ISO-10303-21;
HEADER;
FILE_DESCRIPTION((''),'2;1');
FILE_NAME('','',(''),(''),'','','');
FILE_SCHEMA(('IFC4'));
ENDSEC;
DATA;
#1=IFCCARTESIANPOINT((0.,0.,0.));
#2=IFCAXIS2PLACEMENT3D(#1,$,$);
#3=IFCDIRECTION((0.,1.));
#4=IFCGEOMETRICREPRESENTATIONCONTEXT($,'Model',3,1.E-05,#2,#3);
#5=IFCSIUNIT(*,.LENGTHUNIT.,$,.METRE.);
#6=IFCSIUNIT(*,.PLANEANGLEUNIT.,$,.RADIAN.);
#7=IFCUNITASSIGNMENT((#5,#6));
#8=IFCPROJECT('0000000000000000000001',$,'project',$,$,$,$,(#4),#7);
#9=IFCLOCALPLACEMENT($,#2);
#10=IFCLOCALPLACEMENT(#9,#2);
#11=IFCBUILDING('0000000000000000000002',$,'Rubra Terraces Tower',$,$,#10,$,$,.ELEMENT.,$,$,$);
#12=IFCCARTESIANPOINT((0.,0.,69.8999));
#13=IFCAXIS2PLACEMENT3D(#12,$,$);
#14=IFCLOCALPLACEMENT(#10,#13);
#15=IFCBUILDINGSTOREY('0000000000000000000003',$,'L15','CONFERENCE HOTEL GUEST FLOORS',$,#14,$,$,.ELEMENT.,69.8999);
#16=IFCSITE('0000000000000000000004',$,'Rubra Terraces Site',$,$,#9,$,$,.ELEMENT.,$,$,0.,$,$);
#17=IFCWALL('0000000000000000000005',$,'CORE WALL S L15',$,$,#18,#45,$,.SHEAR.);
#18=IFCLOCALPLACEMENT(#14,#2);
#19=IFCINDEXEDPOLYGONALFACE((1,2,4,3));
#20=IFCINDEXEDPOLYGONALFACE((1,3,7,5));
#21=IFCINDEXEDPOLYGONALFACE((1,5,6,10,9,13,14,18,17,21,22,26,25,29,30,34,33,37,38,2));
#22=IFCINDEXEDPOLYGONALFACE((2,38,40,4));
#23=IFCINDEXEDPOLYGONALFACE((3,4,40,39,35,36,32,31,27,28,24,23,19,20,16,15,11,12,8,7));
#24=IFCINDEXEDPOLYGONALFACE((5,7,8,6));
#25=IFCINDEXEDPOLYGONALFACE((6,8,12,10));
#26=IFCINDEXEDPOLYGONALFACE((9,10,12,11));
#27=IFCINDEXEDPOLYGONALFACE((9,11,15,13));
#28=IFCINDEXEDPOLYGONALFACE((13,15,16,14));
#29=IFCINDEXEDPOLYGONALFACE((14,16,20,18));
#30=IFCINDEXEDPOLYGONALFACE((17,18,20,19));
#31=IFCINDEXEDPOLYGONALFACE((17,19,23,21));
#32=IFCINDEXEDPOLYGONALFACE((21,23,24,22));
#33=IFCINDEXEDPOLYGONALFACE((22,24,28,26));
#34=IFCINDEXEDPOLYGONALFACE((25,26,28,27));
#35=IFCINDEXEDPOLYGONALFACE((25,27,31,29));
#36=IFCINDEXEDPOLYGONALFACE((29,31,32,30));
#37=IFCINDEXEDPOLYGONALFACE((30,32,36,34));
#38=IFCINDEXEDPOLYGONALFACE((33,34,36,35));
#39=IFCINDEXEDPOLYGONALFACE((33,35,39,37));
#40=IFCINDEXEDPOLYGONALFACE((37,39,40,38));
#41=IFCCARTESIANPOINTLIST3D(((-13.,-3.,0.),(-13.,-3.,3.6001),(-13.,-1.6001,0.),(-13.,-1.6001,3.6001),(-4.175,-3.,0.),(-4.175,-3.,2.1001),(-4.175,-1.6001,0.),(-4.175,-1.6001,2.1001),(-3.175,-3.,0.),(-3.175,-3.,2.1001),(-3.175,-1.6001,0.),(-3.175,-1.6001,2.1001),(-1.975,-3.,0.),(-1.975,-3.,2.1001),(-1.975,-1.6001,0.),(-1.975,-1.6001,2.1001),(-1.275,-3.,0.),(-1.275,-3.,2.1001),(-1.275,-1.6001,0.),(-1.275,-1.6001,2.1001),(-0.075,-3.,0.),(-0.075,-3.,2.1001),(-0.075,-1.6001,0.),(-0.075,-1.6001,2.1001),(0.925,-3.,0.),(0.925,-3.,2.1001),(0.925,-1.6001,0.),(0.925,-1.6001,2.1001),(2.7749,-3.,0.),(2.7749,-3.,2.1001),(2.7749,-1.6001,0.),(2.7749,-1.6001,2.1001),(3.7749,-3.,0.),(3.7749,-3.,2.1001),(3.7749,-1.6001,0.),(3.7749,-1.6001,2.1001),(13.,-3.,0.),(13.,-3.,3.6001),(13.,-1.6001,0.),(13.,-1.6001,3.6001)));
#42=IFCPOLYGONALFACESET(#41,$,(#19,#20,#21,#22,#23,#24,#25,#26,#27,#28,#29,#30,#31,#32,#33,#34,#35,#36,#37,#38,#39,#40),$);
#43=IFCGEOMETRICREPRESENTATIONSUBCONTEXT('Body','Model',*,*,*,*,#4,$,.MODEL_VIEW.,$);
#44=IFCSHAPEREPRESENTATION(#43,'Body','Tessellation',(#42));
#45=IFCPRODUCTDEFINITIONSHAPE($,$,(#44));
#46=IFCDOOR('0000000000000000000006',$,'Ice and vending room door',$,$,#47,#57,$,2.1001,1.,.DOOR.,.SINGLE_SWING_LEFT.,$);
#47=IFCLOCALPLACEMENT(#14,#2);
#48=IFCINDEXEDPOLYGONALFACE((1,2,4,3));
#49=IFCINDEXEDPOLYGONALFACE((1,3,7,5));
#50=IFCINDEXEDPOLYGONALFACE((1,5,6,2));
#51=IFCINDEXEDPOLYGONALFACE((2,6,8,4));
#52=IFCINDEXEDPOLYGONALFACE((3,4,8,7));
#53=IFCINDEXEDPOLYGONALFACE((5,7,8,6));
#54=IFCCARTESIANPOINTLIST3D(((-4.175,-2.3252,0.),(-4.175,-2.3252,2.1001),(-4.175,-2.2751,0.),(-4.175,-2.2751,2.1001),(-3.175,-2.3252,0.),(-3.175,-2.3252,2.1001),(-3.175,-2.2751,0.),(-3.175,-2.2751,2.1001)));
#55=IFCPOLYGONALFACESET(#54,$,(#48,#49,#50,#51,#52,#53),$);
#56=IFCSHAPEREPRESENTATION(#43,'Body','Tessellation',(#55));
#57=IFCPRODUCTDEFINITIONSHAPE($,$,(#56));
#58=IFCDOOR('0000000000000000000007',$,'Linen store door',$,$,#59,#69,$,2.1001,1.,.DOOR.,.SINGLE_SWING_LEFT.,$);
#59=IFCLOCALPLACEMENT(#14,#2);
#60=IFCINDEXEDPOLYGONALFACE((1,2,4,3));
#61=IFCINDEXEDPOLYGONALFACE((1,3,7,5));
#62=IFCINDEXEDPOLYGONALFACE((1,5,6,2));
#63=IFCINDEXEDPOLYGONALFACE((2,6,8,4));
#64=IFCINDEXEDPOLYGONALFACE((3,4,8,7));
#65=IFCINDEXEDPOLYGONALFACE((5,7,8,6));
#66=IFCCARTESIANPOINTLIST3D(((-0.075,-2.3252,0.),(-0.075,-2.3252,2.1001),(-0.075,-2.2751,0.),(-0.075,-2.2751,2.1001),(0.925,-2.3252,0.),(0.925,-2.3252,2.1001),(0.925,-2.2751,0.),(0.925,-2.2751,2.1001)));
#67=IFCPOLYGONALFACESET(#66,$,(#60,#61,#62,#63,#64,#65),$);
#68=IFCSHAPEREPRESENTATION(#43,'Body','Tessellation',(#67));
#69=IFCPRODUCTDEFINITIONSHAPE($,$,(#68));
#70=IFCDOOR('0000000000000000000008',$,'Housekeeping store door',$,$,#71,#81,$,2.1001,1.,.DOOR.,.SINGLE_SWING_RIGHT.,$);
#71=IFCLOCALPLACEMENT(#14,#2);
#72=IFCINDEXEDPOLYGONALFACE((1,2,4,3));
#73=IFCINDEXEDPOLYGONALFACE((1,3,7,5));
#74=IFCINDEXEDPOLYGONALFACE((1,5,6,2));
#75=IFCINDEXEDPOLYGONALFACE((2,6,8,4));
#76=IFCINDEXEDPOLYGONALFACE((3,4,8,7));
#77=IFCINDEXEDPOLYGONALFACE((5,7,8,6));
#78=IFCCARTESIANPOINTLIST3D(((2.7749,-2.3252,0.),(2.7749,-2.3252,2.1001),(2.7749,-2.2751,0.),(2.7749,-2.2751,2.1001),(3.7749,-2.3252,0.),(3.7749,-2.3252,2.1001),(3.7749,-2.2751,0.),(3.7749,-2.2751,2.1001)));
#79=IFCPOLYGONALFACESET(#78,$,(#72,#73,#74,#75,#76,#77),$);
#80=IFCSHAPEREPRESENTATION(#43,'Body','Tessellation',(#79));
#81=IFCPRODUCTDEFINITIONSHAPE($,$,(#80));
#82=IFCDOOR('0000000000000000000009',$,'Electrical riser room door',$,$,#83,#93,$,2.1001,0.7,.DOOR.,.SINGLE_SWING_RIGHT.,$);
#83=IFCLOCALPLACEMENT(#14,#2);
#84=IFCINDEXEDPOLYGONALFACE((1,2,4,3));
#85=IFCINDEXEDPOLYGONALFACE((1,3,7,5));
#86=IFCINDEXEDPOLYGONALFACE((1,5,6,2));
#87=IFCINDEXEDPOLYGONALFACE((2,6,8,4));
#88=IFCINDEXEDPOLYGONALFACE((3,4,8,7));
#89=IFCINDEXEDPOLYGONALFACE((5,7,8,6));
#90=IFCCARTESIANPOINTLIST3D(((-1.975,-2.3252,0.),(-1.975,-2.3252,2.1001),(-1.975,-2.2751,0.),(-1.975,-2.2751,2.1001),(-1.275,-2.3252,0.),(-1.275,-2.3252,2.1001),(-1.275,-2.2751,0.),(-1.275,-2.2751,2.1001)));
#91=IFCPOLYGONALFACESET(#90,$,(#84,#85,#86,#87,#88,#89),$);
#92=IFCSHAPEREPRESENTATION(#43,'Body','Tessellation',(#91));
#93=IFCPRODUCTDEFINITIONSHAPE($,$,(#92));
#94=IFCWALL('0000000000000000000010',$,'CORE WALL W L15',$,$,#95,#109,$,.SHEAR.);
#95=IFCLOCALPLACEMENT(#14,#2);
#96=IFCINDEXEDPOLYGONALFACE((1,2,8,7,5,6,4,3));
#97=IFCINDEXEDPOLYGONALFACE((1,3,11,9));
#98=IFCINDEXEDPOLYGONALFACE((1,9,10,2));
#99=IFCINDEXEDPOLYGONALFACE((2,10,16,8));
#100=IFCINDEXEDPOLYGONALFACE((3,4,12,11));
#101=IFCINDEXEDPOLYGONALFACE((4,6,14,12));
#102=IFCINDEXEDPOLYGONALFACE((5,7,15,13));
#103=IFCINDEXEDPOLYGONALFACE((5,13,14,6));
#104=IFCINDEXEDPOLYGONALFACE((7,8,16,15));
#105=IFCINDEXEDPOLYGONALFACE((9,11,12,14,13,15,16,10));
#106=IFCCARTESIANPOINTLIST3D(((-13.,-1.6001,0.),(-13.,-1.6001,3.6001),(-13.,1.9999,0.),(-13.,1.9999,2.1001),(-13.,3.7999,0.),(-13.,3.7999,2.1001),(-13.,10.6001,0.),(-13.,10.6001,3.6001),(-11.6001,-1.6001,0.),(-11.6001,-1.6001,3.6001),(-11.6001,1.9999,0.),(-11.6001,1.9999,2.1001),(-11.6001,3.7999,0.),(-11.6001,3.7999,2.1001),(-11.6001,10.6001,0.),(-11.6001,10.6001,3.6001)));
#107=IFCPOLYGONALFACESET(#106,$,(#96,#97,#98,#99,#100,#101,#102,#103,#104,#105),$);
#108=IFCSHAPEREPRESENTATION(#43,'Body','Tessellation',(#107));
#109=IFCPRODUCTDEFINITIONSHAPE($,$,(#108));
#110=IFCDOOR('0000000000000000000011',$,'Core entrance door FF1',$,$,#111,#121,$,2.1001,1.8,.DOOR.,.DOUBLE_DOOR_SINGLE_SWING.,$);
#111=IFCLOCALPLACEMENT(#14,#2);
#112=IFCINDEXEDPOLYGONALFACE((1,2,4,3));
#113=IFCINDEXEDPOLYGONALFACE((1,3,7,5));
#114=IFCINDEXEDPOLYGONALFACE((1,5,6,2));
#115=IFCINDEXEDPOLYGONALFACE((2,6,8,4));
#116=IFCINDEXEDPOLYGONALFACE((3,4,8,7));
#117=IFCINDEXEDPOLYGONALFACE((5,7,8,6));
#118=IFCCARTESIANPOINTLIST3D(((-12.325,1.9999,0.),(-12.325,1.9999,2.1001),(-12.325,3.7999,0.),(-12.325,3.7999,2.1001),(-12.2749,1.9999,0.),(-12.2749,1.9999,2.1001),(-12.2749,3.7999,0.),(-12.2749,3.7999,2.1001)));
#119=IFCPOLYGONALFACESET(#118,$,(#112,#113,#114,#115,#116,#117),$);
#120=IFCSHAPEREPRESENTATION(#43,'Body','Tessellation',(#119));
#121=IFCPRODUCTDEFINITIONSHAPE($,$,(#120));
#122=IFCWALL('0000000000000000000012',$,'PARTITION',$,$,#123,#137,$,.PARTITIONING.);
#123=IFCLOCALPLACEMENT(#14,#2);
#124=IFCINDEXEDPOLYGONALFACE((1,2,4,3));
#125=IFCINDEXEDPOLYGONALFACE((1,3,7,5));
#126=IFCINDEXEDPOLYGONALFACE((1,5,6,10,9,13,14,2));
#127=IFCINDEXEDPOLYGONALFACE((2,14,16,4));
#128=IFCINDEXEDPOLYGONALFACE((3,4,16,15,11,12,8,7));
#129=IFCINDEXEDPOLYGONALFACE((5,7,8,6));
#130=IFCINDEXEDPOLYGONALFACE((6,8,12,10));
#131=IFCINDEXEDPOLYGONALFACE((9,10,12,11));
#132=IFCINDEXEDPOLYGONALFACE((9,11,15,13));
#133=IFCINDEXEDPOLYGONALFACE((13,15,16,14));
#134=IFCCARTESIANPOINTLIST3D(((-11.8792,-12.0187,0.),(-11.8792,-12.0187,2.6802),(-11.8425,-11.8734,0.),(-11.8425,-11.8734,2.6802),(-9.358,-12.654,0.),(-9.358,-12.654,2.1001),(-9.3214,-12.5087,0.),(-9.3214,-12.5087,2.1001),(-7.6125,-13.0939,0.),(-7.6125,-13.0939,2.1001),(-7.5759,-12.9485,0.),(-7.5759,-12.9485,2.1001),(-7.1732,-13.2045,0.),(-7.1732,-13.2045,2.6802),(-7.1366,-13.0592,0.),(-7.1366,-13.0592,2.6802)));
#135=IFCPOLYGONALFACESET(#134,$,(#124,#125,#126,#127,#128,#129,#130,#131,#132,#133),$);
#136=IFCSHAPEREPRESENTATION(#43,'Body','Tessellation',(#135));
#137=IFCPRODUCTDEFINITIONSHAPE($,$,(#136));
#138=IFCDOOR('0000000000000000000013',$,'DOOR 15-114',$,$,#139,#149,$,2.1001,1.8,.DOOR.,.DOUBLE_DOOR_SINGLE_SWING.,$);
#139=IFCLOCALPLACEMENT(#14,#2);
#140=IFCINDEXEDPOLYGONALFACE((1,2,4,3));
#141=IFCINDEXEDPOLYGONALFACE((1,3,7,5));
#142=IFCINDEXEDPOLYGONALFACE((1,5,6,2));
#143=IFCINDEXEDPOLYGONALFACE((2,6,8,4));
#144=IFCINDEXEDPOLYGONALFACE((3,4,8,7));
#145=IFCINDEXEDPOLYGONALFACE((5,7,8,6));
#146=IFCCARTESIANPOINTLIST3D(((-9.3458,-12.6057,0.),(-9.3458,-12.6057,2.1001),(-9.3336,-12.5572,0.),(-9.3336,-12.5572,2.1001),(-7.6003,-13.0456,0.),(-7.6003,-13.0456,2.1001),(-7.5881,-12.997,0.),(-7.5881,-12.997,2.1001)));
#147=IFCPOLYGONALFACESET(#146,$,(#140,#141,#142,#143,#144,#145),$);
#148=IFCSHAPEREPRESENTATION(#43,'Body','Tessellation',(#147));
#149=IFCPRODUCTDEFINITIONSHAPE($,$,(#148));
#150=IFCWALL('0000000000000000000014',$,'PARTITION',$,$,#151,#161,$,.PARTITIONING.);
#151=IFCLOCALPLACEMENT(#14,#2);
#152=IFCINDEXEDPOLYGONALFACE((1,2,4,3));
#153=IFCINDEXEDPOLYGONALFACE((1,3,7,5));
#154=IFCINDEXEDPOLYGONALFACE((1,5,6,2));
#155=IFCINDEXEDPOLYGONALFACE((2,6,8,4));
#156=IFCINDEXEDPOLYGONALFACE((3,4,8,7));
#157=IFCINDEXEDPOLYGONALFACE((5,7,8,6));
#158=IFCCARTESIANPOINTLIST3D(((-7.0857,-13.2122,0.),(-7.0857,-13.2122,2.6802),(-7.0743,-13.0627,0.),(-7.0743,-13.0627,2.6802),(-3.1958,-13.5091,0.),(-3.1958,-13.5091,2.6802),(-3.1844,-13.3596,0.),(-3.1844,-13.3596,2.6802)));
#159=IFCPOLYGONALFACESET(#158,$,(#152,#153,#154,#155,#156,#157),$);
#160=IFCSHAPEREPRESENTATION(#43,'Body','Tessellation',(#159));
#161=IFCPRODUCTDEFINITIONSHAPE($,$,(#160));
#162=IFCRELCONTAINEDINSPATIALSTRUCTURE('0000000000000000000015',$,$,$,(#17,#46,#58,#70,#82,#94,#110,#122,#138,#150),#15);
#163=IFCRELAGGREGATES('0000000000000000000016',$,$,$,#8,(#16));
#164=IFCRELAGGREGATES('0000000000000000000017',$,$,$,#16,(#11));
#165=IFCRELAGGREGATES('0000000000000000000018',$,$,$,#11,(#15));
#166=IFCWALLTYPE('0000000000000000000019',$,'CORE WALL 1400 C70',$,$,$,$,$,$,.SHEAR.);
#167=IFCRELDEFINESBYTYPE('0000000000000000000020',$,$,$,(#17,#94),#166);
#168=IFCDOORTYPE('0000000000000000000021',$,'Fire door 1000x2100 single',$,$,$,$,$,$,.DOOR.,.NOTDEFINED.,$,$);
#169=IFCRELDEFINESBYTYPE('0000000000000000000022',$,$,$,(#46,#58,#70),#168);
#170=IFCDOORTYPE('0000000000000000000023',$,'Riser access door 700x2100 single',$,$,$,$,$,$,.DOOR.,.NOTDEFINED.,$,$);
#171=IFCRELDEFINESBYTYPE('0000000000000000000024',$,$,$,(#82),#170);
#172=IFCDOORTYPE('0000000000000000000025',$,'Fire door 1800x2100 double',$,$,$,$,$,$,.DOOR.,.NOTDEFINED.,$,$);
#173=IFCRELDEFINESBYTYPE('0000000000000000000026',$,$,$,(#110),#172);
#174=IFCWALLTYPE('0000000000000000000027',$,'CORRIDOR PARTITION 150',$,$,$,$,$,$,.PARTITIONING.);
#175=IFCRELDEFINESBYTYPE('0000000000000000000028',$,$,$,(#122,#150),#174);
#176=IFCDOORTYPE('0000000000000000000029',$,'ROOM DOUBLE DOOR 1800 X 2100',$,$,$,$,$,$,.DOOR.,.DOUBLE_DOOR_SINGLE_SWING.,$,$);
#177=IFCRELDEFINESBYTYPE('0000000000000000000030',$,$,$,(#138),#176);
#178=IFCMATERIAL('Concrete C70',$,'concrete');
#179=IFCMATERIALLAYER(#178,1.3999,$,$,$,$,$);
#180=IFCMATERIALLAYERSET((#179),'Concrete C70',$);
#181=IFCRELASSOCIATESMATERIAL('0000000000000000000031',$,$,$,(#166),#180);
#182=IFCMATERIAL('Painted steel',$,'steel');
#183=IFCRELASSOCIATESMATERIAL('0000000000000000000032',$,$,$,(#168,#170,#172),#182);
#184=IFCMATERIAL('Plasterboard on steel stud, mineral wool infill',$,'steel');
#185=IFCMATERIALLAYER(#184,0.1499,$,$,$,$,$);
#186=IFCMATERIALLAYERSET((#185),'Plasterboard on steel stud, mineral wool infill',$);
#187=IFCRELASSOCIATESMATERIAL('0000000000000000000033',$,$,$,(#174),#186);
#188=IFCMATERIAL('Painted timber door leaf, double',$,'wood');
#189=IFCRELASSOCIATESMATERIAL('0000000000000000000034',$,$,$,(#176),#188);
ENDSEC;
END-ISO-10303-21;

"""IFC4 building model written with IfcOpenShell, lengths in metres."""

from ifc_helpers import new_model, si_unit, direction, frame, frame_2d, origin, place, context, subcontext, project, spatial, rectangle, extrude, material, layer, layer_set, type_object, element, fill, save


model = new_model("IFC4")

# Units and contexts
model_context = context("Model", 3, precision=1e-05, world=origin(), true_north=direction((0.0, 1.0)))
body_context = subcontext(model_context, "Body", "Model", "MODEL_VIEW")
ifc_project = project(units=[si_unit("LENGTHUNIT", "METRE"), si_unit("PLANEANGLEUNIT", "RADIAN")], contexts=[model_context])

# Site, building, storey
site_placement = place(None, origin())
site = spatial("IfcSite", under=ifc_project, at=site_placement, Name="Rubra Terraces Site", CompositionType="ELEMENT", RefElevation=0.0)
building_placement = place(site_placement, origin())
building = spatial("IfcBuilding", under=site, at=building_placement, Name="Rubra Terraces Tower", CompositionType="ELEMENT")
storey_placement = place(building_placement, frame((0.0, 0.0, 69.8999)))
storey = spatial("IfcBuildingStorey", under=building, at=storey_placement, Name="L15", Description="CONFERENCE HOTEL GUEST FLOORS", CompositionType="ELEMENT", Elevation=69.8999)

# Wall, openings, doors
ifc_material_1 = material(Name="Concrete C70", Category="concrete")
ifc_layer_1 = layer(ifc_material_1, 1.3999)
ifc_layer_set_1 = layer_set([ifc_layer_1], Name="Concrete C70")
wall_type_1 = type_object("IfcWallType", Name="CORE WALL 1400 C70", PredefinedType="SHEAR", material=ifc_layer_set_1)
wall_1_placement = place(storey_placement, frame((-13.0, -2.3, 0.0), z_axis=(0.0, 0.0, 1.0), x_axis=(1.0, 0.0, 0.0)))
wall_1 = element("IfcWall", 1, at=wall_1_placement, inside=storey, type_object=wall_type_1, Name="CORE WALL S L15", PredefinedType="SHEAR", context=body_context, shape_type="SweptSolid", body=[
    extrude(rectangle(XDim=26.0, YDim=1.3999, at=frame_2d((13.0, 0.0))), origin(), (0.0, 0.0, 1.0), 3.6001),
])
opening_1_placement = place(wall_1_placement, frame((8.825, 0.0, 0.0)))
opening_1 = element("IfcOpeningElement", 2, at=opening_1_placement, cuts=wall_1, PredefinedType="OPENING", context=body_context, shape_type="SweptSolid", body=[
    extrude(rectangle(XDim=1.0, YDim=2.1001, at=frame_2d((0.5, 1.05))), frame((0.0, 0.71, 0.0), z_axis=(0.0, -1.0, 0.0), x_axis=(1.0, 0.0, 0.0)), (0.0, 0.0, 1.0), 1.4199),
])
opening_2_placement = place(wall_1_placement, frame((11.0249, 0.0, 0.0)))
opening_2 = element("IfcOpeningElement", 3, at=opening_2_placement, cuts=wall_1, PredefinedType="OPENING", context=body_context, shape_type="SweptSolid", body=[
    extrude(rectangle(XDim=0.7, YDim=2.1001, at=frame_2d((0.3501, 1.05))), frame((0.0, 0.71, 0.0), z_axis=(0.0, -1.0, 0.0), x_axis=(1.0, 0.0, 0.0)), (0.0, 0.0, 1.0), 1.4199),
])
opening_3_placement = place(wall_1_placement, frame((12.925, 0.0, 0.0)))
opening_3 = element("IfcOpeningElement", 4, at=opening_3_placement, cuts=wall_1, PredefinedType="OPENING", context=body_context, shape_type="SweptSolid", body=[
    extrude(rectangle(XDim=1.0, YDim=2.1001, at=frame_2d((0.5, 1.05))), frame((0.0, 0.71, 0.0), z_axis=(0.0, -1.0, 0.0), x_axis=(1.0, 0.0, 0.0)), (0.0, 0.0, 1.0), 1.4199),
])
opening_4_placement = place(wall_1_placement, frame((15.7749, 0.0, 0.0)))
opening_4 = element("IfcOpeningElement", 5, at=opening_4_placement, cuts=wall_1, PredefinedType="OPENING", context=body_context, shape_type="SweptSolid", body=[
    extrude(rectangle(XDim=1.0, YDim=2.1001, at=frame_2d((0.5, 1.05))), frame((0.0, 0.71, 0.0), z_axis=(0.0, -1.0, 0.0), x_axis=(1.0, 0.0, 0.0)), (0.0, 0.0, 1.0), 1.4199),
])
ifc_material_2 = material(Name="Painted steel", Category="steel")
door_type_1 = type_object("IfcDoorType", Name="Fire door 1000x2100 single", OperationType="NOTDEFINED", PredefinedType="DOOR", material=ifc_material_2)
door_1_placement = place(opening_1_placement, origin())
door_1 = element("IfcDoor", 6, at=door_1_placement, inside=storey, type_object=door_type_1, Name="Ice and vending room door", OperationType="SINGLE_SWING_LEFT", OverallHeight=2.1001, OverallWidth=1.0, PredefinedType="DOOR", context=body_context, shape_type="SweptSolid", body=[
    extrude(rectangle(XDim=1.0, YDim=2.1001, at=frame_2d((0.5, 1.05))), frame((0.0, 0.0249, 0.0), z_axis=(0.0, -1.0, 0.0), x_axis=(1.0, 0.0, 0.0)), (0.0, 0.0, 1.0), 0.05),
])
fill(opening_1, door_1)
door_2_placement = place(opening_3_placement, origin())
door_2 = element("IfcDoor", 7, at=door_2_placement, inside=storey, type_object=door_type_1, Name="Linen store door", OperationType="SINGLE_SWING_LEFT", OverallHeight=2.1001, OverallWidth=1.0, PredefinedType="DOOR", context=body_context, shape_type="SweptSolid", body=[
    extrude(rectangle(XDim=1.0, YDim=2.1001, at=frame_2d((0.5, 1.05))), frame((0.0, 0.0249, 0.0), z_axis=(0.0, -1.0, 0.0), x_axis=(1.0, 0.0, 0.0)), (0.0, 0.0, 1.0), 0.05),
])
fill(opening_3, door_2)
door_3_placement = place(opening_4_placement, origin())
door_3 = element("IfcDoor", 8, at=door_3_placement, inside=storey, type_object=door_type_1, Name="Housekeeping store door", OperationType="SINGLE_SWING_RIGHT", OverallHeight=2.1001, OverallWidth=1.0, PredefinedType="DOOR", context=body_context, shape_type="SweptSolid", body=[
    extrude(rectangle(XDim=1.0, YDim=2.1001, at=frame_2d((0.5, 1.05))), frame((0.0, 0.0249, 0.0), z_axis=(0.0, -1.0, 0.0), x_axis=(1.0, 0.0, 0.0)), (0.0, 0.0, 1.0), 0.05),
])
fill(opening_4, door_3)
door_type_2 = type_object("IfcDoorType", Name="Riser access door 700x2100 single", OperationType="NOTDEFINED", PredefinedType="DOOR", material=ifc_material_2)
door_4_placement = place(opening_2_placement, origin())
door_4 = element("IfcDoor", 9, at=door_4_placement, inside=storey, type_object=door_type_2, Name="Electrical riser room door", OperationType="SINGLE_SWING_RIGHT", OverallHeight=2.1001, OverallWidth=0.7, PredefinedType="DOOR", context=body_context, shape_type="SweptSolid", body=[
    extrude(rectangle(XDim=0.7, YDim=2.1001, at=frame_2d((0.3501, 1.05))), frame((0.0, 0.0249, 0.0), z_axis=(0.0, -1.0, 0.0), x_axis=(1.0, 0.0, 0.0)), (0.0, 0.0, 1.0), 0.05),
])
fill(opening_2, door_4)

# Walls, openings, doors
wall_2_placement = place(storey_placement, frame((-12.3, -1.6001, 0.0), z_axis=(0.0, 0.0, 1.0), x_axis=(0.0, 1.0, 0.0)))
wall_2 = element("IfcWall", 10, at=wall_2_placement, inside=storey, type_object=wall_type_1, Name="CORE WALL W L15", PredefinedType="SHEAR", context=body_context, shape_type="SweptSolid", body=[
    extrude(rectangle(XDim=12.2002, YDim=1.3999, at=frame_2d((6.1001, 0.0))), origin(), (0.0, 0.0, 1.0), 3.6001),
])
opening_5_placement = place(wall_2_placement, frame((3.6001, 0.0, 0.0)))
opening_5 = element("IfcOpeningElement", 11, at=opening_5_placement, cuts=wall_2, PredefinedType="OPENING", context=body_context, shape_type="SweptSolid", body=[
    extrude(rectangle(XDim=1.8, YDim=2.1001, at=frame_2d((0.8999, 1.05))), frame((0.0, 0.71, 0.0), z_axis=(0.0, -1.0, 0.0), x_axis=(1.0, 0.0, 0.0)), (0.0, 0.0, 1.0), 1.4199),
])
door_type_3 = type_object("IfcDoorType", Name="Fire door 1800x2100 double", OperationType="NOTDEFINED", PredefinedType="DOOR", material=ifc_material_2)
door_5_placement = place(opening_5_placement, origin())
door_5 = element("IfcDoor", 12, at=door_5_placement, inside=storey, type_object=door_type_3, Name="Core entrance door FF1", OperationType="DOUBLE_DOOR_SINGLE_SWING", OverallHeight=2.1001, OverallWidth=1.8, PredefinedType="DOOR", context=body_context, shape_type="SweptSolid", body=[
    extrude(rectangle(XDim=1.8, YDim=2.1001, at=frame_2d((0.8999, 1.05))), frame((0.0, 0.0249, 0.0), z_axis=(0.0, -1.0, 0.0), x_axis=(1.0, 0.0, 0.0)), (0.0, 0.0, 1.0), 0.05),
])
fill(opening_5, door_5)
ifc_material_3 = material(Name="Plasterboard on steel stud, mineral wool infill", Category="steel")
ifc_layer_2 = layer(ifc_material_3, 0.1499)
ifc_layer_set_2 = layer_set([ifc_layer_2], Name="Plasterboard on steel stud, mineral wool infill")
wall_type_2 = type_object("IfcWallType", Name="CORRIDOR PARTITION 150", PredefinedType="PARTITIONING", material=ifc_layer_set_2)
wall_3_placement = place(storey_placement, frame((-11.8608, -11.946, 0.0), z_axis=(0.0, 0.0, 1.0), x_axis=(0.969688, -0.244346, 0.0)))
wall_3 = element("IfcWall", 13, at=wall_3_placement, inside=storey, type_object=wall_type_2, Name="PARTITION", PredefinedType="PARTITIONING", context=body_context, shape_type="SweptSolid", body=[
    extrude(rectangle(XDim=4.853, YDim=0.1499, at=frame_2d((2.4265, 0.0))), origin(), (0.0, 0.0, 1.0), 2.6802),
])
opening_6_placement = place(wall_3_placement, frame((2.6001, 0.0, 0.0)))
opening_6 = element("IfcOpeningElement", 14, at=opening_6_placement, cuts=wall_3, PredefinedType="OPENING", context=body_context, shape_type="SweptSolid", body=[
    extrude(rectangle(XDim=1.8, YDim=2.1001, at=frame_2d((0.8999, 1.05))), frame((0.0, 0.085, 0.0), z_axis=(0.0, -1.0, 0.0), x_axis=(1.0, 0.0, 0.0)), (0.0, 0.0, 1.0), 0.1699),
])
ifc_material_4 = material(Name="Painted timber door leaf, double", Category="wood")
door_type_4 = type_object("IfcDoorType", Name="ROOM DOUBLE DOOR 1800 X 2100", OperationType="DOUBLE_DOOR_SINGLE_SWING", PredefinedType="DOOR", material=ifc_material_4)
door_6_placement = place(opening_6_placement, origin())
door_6 = element("IfcDoor", 15, at=door_6_placement, inside=storey, type_object=door_type_4, Name="DOOR 15-114", OperationType="DOUBLE_DOOR_SINGLE_SWING", OverallHeight=2.1001, OverallWidth=1.8, PredefinedType="DOOR", context=body_context, shape_type="SweptSolid", body=[
    extrude(rectangle(XDim=1.8, YDim=2.1001, at=frame_2d((0.8999, 1.05))), frame((0.0, 0.0249, 0.0), z_axis=(0.0, -1.0, 0.0), x_axis=(1.0, 0.0, 0.0)), (0.0, 0.0, 1.0), 0.05),
])
fill(opening_6, door_6)

# Wall
wall_4_placement = place(storey_placement, frame((-7.0801, -13.1375, 0.0), z_axis=(0.0, 0.0, 1.0), x_axis=(0.9971, -0.076098, 0.0)))
element("IfcWall", 16, at=wall_4_placement, inside=storey, type_object=wall_type_2, Name="PARTITION", PredefinedType="PARTITIONING", context=body_context, shape_type="SweptSolid", body=[
    extrude(rectangle(XDim=3.9011, YDim=0.1499, at=frame_2d((1.9507, 0.0))), origin(), (0.0, 0.0, 1.0), 2.6802),
])

save(model, "model.ifc")
